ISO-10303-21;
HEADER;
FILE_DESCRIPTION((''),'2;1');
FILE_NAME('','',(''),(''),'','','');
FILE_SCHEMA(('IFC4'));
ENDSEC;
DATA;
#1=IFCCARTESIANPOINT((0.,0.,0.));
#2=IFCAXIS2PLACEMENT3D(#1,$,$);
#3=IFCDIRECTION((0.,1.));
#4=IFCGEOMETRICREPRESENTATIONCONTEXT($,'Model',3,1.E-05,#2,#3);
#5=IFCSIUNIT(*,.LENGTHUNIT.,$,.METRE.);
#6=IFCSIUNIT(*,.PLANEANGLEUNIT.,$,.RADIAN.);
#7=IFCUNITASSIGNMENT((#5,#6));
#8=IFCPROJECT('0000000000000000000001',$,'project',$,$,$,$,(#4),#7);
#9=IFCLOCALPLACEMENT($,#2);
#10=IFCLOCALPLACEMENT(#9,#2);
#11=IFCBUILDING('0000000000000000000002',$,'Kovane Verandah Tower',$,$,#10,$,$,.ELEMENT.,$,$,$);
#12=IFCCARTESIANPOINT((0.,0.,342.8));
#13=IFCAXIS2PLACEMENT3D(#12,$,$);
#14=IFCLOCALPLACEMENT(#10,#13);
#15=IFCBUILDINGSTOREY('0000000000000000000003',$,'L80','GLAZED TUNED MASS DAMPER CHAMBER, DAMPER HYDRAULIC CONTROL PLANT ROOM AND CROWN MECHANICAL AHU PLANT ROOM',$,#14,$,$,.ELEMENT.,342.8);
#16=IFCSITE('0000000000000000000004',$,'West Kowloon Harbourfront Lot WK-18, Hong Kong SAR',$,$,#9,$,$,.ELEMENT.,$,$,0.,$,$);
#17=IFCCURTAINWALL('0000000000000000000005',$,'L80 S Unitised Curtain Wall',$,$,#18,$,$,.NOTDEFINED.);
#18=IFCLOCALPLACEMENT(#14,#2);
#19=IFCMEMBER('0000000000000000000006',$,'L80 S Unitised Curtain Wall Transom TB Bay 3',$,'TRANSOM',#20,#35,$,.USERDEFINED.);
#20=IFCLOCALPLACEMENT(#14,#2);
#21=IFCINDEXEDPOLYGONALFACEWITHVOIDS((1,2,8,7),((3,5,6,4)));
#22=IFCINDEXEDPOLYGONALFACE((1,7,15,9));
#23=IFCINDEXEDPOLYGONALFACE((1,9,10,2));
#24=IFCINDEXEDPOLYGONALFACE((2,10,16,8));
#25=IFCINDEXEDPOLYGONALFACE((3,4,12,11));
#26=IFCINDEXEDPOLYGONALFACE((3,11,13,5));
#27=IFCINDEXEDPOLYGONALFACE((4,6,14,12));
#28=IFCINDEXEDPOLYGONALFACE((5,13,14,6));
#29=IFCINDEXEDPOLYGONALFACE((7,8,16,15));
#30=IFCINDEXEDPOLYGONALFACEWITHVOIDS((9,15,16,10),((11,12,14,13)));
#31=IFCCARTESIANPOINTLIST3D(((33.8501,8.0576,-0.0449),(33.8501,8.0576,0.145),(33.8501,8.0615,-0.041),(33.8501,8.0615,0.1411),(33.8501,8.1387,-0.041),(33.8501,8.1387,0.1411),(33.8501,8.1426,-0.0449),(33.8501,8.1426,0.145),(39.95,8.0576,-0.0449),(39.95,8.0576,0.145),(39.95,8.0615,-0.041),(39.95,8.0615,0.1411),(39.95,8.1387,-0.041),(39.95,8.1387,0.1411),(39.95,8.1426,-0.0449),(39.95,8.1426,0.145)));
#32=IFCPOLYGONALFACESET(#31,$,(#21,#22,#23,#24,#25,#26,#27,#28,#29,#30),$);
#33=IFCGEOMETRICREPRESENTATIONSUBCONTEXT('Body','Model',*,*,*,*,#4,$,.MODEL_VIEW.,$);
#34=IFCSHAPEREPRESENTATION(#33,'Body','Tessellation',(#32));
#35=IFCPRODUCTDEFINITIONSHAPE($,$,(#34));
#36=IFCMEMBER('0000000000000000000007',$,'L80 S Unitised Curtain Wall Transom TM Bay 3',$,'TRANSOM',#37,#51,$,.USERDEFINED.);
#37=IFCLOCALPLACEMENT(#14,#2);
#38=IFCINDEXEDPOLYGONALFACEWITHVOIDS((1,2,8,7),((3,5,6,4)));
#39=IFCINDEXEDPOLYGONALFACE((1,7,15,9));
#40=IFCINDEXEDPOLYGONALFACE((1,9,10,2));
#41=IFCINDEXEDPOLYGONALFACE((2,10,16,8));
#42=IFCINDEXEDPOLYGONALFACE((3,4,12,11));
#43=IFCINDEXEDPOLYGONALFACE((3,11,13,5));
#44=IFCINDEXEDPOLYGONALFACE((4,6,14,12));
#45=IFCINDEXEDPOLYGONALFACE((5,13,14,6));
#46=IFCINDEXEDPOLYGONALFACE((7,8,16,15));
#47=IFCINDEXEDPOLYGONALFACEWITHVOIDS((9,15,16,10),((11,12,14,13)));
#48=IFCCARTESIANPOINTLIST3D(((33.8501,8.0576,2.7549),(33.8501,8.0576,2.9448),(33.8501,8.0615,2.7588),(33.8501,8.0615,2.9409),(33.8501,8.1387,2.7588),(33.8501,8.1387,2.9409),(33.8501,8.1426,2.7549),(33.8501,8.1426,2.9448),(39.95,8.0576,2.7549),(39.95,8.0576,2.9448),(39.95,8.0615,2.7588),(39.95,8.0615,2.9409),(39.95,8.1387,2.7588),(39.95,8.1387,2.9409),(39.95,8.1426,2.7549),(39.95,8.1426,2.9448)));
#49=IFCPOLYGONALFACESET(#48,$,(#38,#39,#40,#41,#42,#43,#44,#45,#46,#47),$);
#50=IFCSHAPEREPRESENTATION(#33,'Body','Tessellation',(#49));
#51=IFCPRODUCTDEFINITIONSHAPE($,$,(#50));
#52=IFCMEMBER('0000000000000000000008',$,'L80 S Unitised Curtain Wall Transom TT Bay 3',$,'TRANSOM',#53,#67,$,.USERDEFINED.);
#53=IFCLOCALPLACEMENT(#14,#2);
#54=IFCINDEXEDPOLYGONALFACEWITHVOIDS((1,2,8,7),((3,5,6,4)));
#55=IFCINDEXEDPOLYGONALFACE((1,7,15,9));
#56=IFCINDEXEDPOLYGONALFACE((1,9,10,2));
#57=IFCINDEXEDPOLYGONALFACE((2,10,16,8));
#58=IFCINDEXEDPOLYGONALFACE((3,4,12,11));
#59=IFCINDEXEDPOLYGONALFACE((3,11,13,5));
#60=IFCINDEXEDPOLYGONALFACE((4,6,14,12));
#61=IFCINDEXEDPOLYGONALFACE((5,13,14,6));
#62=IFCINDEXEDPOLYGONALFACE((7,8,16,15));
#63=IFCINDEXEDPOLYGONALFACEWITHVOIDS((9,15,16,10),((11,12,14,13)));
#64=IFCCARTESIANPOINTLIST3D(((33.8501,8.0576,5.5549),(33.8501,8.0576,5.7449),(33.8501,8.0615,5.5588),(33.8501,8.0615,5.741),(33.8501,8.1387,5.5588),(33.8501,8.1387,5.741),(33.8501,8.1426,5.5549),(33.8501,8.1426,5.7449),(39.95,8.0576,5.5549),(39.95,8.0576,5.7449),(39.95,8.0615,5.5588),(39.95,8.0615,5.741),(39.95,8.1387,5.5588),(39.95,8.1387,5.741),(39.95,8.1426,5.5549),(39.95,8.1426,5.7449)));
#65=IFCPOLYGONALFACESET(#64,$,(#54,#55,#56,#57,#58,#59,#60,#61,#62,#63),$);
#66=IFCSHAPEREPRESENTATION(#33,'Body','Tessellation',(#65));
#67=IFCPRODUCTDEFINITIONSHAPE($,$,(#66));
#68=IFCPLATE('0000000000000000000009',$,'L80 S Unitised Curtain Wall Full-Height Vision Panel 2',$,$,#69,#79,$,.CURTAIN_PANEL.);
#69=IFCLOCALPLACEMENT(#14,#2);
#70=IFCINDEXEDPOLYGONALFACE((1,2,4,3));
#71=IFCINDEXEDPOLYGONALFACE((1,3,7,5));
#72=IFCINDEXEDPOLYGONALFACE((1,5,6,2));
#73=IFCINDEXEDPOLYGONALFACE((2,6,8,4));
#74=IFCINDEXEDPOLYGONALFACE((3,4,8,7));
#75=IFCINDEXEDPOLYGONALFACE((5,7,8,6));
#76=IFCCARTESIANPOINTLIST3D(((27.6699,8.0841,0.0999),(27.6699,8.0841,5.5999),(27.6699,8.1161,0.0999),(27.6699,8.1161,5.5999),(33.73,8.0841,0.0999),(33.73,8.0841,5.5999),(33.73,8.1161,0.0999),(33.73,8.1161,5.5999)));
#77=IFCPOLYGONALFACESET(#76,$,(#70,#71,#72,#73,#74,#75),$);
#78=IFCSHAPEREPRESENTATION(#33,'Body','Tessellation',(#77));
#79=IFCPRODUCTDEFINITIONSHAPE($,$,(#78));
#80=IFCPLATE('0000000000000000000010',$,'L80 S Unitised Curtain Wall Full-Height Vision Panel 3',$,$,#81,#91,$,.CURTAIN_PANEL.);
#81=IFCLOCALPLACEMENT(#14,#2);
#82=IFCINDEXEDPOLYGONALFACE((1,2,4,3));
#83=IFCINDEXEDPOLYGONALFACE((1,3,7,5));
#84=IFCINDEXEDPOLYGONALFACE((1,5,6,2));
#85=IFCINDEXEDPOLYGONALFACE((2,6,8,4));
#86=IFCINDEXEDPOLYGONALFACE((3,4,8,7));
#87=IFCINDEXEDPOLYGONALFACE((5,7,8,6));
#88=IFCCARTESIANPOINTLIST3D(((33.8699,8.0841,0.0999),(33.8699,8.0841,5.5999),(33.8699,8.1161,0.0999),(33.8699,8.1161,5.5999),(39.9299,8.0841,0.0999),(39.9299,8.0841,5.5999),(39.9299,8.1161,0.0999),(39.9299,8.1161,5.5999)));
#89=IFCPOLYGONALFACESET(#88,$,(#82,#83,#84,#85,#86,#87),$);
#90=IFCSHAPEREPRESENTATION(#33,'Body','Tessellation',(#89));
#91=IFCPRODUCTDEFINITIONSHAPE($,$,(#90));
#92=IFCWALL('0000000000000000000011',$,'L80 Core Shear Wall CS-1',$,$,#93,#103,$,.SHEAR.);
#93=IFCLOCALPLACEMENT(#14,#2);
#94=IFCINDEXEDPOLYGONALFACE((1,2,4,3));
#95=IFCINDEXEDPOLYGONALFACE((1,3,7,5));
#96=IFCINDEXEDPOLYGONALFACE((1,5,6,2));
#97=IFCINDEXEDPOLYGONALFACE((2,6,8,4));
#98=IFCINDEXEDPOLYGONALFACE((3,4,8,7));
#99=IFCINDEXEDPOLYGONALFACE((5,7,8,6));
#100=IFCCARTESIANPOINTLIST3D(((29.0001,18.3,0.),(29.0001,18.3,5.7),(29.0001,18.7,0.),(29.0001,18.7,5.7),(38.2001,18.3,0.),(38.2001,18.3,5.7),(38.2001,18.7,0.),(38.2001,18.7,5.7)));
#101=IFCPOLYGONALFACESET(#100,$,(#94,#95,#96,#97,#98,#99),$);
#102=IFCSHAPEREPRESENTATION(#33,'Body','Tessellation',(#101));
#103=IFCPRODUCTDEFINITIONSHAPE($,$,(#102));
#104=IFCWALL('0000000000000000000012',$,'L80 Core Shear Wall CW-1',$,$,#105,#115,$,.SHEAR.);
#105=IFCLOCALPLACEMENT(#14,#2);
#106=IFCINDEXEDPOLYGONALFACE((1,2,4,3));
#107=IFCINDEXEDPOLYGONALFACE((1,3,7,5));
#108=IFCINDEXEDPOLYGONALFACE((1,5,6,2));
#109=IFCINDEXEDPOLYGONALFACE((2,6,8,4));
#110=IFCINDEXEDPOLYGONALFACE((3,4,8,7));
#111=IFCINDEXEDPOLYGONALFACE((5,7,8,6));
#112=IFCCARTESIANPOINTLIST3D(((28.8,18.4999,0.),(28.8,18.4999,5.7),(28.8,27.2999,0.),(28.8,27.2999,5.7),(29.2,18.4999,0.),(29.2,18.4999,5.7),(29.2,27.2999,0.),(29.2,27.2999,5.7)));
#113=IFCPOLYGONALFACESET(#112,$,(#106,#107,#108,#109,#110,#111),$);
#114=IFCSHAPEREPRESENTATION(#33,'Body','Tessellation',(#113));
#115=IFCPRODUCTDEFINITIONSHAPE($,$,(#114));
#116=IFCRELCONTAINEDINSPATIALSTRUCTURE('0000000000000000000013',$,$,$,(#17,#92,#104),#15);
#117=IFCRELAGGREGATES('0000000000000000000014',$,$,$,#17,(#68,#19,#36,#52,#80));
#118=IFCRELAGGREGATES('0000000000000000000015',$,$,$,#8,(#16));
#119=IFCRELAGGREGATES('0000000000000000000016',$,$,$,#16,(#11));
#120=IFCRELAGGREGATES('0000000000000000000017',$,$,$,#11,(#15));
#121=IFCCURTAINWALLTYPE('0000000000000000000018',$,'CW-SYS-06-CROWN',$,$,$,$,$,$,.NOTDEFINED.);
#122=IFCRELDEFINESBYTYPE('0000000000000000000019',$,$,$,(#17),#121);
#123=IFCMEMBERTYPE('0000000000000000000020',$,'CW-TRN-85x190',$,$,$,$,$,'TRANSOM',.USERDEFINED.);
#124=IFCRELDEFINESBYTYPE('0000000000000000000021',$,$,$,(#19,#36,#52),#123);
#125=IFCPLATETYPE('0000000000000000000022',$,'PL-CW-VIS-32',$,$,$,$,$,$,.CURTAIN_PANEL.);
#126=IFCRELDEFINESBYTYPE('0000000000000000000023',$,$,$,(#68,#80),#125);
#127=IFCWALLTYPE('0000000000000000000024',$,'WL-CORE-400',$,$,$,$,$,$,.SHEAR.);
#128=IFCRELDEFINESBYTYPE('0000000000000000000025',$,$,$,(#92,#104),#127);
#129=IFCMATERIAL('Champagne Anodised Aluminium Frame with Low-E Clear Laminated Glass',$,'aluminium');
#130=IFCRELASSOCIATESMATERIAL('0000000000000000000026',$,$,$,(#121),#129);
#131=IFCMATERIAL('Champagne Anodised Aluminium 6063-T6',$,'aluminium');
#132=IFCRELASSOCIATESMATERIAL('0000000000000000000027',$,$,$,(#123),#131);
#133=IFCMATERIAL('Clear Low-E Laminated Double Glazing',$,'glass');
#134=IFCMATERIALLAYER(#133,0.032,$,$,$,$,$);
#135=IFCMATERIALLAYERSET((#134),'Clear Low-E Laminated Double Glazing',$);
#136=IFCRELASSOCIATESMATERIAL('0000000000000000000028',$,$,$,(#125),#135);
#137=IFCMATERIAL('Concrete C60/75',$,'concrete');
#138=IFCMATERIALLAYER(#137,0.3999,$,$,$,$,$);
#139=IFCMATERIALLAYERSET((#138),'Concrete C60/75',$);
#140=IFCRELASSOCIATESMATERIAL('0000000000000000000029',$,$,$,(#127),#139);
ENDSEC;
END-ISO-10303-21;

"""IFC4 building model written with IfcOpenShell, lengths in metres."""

from ifc_helpers import new_model, si_unit, direction, frame, frame_2d, origin, origin_2d, place, context, subcontext, project, spatial, rectangle, hollow_rectangle, extrude, material, layer, layer_set, material_profile, profile_set, type_object, element, aggregate, save


model = new_model("IFC4")

# Units and contexts
model_context = context("Model", 3, precision=1e-05, world=origin(), true_north=direction((0.0, 1.0)))
body_context = subcontext(model_context, "Body", "Model", "MODEL_VIEW")
ifc_project = project(units=[si_unit("LENGTHUNIT", "METRE"), si_unit("PLANEANGLEUNIT", "RADIAN")], contexts=[model_context])

# Site, building, storey
site_placement = place(None, origin())
site = spatial("IfcSite", under=ifc_project, at=site_placement, Name="West Kowloon Harbourfront Lot WK-18, Hong Kong SAR", CompositionType="ELEMENT", RefElevation=0.0)
building_placement = place(site_placement, origin())
building = spatial("IfcBuilding", under=site, at=building_placement, Name="Kovane Verandah Tower", CompositionType="ELEMENT")
storey_placement = place(building_placement, frame((0.0, 0.0, 342.8)))
storey = spatial("IfcBuildingStorey", under=building, at=storey_placement, Name="L80", Description="GLAZED TUNED MASS DAMPER CHAMBER, DAMPER HYDRAULIC CONTROL PLANT ROOM AND CROWN MECHANICAL AHU PLANT ROOM", CompositionType="ELEMENT", Elevation=342.8)

# Shared definitions
ifc_material_1 = material(Name="Concrete C60/75", Category="concrete")

# Curtain wall, members, plates
ifc_material_2 = material(Name="Champagne Anodised Aluminium Frame with Low-E Clear Laminated Glass", Category="aluminium")
curtain_wall_type = type_object("IfcCurtainWallType", Name="CW-SYS-06-CROWN", PredefinedType="NOTDEFINED", material=ifc_material_2)
curtain_wall_placement = place(storey_placement, origin())
curtain_wall = element("IfcCurtainWall", 1, at=curtain_wall_placement, inside=storey, type_object=curtain_wall_type, Name="L80 S Unitised Curtain Wall", PredefinedType="NOTDEFINED")
ifc_material_3 = material(Name="Champagne Anodised Aluminium 6063-T6", Category="aluminium")
ifc_material_profile_1 = material_profile(ifc_material_3, hollow_rectangle(XDim=0.085, YDim=0.1899, WallThickness=0.0039, at=origin_2d()), Name="AL85x190x4")
ifc_profile_set_1 = profile_set([ifc_material_profile_1], Name="Champagne Anodised Aluminium 6063-T6")
member_type_1 = type_object("IfcMemberType", Name="CW-TRN-85x190", ElementType="TRANSOM", PredefinedType="USERDEFINED", material=ifc_profile_set_1)
member_1_placement = place(storey_placement, frame((33.8501, 8.1001, 0.05), z_axis=(1.0, 0.0, 0.0), x_axis=(0.0, 1.0, 0.0)))
member_1 = element("IfcMember", 2, at=member_1_placement, type_object=member_type_1, Name="L80 S Unitised Curtain Wall Transom TB Bay 3", ObjectType="TRANSOM", PredefinedType="USERDEFINED", context=body_context, shape_type="SweptSolid", body=[
    extrude(hollow_rectangle(XDim=0.085, YDim=0.1899, WallThickness=0.0039, at=origin_2d()), origin(), (0.0, 0.0, 1.0), 6.0999),
])
member_2_placement = place(storey_placement, frame((33.8501, 8.1001, 2.8499), z_axis=(1.0, 0.0, 0.0), x_axis=(0.0, 1.0, 0.0)))
member_2 = element("IfcMember", 3, at=member_2_placement, type_object=member_type_1, Name="L80 S Unitised Curtain Wall Transom TM Bay 3", ObjectType="TRANSOM", PredefinedType="USERDEFINED", context=body_context, shape_type="SweptSolid", body=[
    extrude(hollow_rectangle(XDim=0.085, YDim=0.1899, WallThickness=0.0039, at=origin_2d()), origin(), (0.0, 0.0, 1.0), 6.0999),
])
member_3_placement = place(storey_placement, frame((33.8501, 8.1001, 5.6499), z_axis=(1.0, 0.0, 0.0), x_axis=(0.0, 1.0, 0.0)))
member_3 = element("IfcMember", 4, at=member_3_placement, type_object=member_type_1, Name="L80 S Unitised Curtain Wall Transom TT Bay 3", ObjectType="TRANSOM", PredefinedType="USERDEFINED", context=body_context, shape_type="SweptSolid", body=[
    extrude(hollow_rectangle(XDim=0.085, YDim=0.1899, WallThickness=0.0039, at=origin_2d()), origin(), (0.0, 0.0, 1.0), 6.0999),
])
ifc_material_4 = material(Name="Clear Low-E Laminated Double Glazing", Category="glass")
ifc_layer_1 = layer(ifc_material_4, 0.032)
ifc_layer_set_1 = layer_set([ifc_layer_1], Name="Clear Low-E Laminated Double Glazing")
plate_type = type_object("IfcPlateType", Name="PL-CW-VIS-32", PredefinedType="CURTAIN_PANEL", material=ifc_layer_set_1)
plate_1_placement = place(storey_placement, frame((30.7, 8.1001, 0.0999), z_axis=(0.0, 0.0, 1.0), x_axis=(1.0, 0.0, 0.0)))
plate_1 = element("IfcPlate", 5, at=plate_1_placement, type_object=plate_type, Name="L80 S Unitised Curtain Wall Full-Height Vision Panel 2", PredefinedType="CURTAIN_PANEL", context=body_context, shape_type="SweptSolid", body=[
    extrude(rectangle(XDim=6.0601, YDim=0.032, at=origin_2d()), origin(), (0.0, 0.0, 1.0), 5.5),
])
plate_2_placement = place(storey_placement, frame((36.8999, 8.1001, 0.0999), z_axis=(0.0, 0.0, 1.0), x_axis=(1.0, 0.0, 0.0)))
plate_2 = element("IfcPlate", 6, at=plate_2_placement, type_object=plate_type, Name="L80 S Unitised Curtain Wall Full-Height Vision Panel 3", PredefinedType="CURTAIN_PANEL", context=body_context, shape_type="SweptSolid", body=[
    extrude(rectangle(XDim=6.0601, YDim=0.032, at=origin_2d()), origin(), (0.0, 0.0, 1.0), 5.5),
])
aggregate(curtain_wall, [plate_1, member_1, member_2, member_3, plate_2])

# Walls
ifc_layer_2 = layer(ifc_material_1, 0.3999)
ifc_layer_set_2 = layer_set([ifc_layer_2], Name="Concrete C60/75")
wall_type = type_object("IfcWallType", Name="WL-CORE-400", PredefinedType="SHEAR", material=ifc_layer_set_2)
wall_1_placement = place(storey_placement, frame((29.0, 18.5, 0.0), z_axis=(0.0, 0.0, 1.0), x_axis=(1.0, 0.0, 0.0)))
element("IfcWall", 7, at=wall_1_placement, inside=storey, type_object=wall_type, Name="L80 Core Shear Wall CS-1", PredefinedType="SHEAR", context=body_context, shape_type="SweptSolid", body=[
    extrude(rectangle(XDim=9.2, YDim=0.3999, at=frame_2d((4.6001, 0.0))), origin(), (0.0, 0.0, 1.0), 5.7),
])
wall_2_placement = place(storey_placement, frame((29.0, 18.5, 0.0), z_axis=(0.0, 0.0, 1.0), x_axis=(0.0, 1.0, 0.0)))
element("IfcWall", 8, at=wall_2_placement, inside=storey, type_object=wall_type, Name="L80 Core Shear Wall CW-1", PredefinedType="SHEAR", context=body_context, shape_type="SweptSolid", body=[
    extrude(rectangle(XDim=8.8, YDim=0.3999, at=frame_2d((4.3999, 0.0))), origin(), (0.0, 0.0, 1.0), 5.7),
])

save(model, "model.ifc")
